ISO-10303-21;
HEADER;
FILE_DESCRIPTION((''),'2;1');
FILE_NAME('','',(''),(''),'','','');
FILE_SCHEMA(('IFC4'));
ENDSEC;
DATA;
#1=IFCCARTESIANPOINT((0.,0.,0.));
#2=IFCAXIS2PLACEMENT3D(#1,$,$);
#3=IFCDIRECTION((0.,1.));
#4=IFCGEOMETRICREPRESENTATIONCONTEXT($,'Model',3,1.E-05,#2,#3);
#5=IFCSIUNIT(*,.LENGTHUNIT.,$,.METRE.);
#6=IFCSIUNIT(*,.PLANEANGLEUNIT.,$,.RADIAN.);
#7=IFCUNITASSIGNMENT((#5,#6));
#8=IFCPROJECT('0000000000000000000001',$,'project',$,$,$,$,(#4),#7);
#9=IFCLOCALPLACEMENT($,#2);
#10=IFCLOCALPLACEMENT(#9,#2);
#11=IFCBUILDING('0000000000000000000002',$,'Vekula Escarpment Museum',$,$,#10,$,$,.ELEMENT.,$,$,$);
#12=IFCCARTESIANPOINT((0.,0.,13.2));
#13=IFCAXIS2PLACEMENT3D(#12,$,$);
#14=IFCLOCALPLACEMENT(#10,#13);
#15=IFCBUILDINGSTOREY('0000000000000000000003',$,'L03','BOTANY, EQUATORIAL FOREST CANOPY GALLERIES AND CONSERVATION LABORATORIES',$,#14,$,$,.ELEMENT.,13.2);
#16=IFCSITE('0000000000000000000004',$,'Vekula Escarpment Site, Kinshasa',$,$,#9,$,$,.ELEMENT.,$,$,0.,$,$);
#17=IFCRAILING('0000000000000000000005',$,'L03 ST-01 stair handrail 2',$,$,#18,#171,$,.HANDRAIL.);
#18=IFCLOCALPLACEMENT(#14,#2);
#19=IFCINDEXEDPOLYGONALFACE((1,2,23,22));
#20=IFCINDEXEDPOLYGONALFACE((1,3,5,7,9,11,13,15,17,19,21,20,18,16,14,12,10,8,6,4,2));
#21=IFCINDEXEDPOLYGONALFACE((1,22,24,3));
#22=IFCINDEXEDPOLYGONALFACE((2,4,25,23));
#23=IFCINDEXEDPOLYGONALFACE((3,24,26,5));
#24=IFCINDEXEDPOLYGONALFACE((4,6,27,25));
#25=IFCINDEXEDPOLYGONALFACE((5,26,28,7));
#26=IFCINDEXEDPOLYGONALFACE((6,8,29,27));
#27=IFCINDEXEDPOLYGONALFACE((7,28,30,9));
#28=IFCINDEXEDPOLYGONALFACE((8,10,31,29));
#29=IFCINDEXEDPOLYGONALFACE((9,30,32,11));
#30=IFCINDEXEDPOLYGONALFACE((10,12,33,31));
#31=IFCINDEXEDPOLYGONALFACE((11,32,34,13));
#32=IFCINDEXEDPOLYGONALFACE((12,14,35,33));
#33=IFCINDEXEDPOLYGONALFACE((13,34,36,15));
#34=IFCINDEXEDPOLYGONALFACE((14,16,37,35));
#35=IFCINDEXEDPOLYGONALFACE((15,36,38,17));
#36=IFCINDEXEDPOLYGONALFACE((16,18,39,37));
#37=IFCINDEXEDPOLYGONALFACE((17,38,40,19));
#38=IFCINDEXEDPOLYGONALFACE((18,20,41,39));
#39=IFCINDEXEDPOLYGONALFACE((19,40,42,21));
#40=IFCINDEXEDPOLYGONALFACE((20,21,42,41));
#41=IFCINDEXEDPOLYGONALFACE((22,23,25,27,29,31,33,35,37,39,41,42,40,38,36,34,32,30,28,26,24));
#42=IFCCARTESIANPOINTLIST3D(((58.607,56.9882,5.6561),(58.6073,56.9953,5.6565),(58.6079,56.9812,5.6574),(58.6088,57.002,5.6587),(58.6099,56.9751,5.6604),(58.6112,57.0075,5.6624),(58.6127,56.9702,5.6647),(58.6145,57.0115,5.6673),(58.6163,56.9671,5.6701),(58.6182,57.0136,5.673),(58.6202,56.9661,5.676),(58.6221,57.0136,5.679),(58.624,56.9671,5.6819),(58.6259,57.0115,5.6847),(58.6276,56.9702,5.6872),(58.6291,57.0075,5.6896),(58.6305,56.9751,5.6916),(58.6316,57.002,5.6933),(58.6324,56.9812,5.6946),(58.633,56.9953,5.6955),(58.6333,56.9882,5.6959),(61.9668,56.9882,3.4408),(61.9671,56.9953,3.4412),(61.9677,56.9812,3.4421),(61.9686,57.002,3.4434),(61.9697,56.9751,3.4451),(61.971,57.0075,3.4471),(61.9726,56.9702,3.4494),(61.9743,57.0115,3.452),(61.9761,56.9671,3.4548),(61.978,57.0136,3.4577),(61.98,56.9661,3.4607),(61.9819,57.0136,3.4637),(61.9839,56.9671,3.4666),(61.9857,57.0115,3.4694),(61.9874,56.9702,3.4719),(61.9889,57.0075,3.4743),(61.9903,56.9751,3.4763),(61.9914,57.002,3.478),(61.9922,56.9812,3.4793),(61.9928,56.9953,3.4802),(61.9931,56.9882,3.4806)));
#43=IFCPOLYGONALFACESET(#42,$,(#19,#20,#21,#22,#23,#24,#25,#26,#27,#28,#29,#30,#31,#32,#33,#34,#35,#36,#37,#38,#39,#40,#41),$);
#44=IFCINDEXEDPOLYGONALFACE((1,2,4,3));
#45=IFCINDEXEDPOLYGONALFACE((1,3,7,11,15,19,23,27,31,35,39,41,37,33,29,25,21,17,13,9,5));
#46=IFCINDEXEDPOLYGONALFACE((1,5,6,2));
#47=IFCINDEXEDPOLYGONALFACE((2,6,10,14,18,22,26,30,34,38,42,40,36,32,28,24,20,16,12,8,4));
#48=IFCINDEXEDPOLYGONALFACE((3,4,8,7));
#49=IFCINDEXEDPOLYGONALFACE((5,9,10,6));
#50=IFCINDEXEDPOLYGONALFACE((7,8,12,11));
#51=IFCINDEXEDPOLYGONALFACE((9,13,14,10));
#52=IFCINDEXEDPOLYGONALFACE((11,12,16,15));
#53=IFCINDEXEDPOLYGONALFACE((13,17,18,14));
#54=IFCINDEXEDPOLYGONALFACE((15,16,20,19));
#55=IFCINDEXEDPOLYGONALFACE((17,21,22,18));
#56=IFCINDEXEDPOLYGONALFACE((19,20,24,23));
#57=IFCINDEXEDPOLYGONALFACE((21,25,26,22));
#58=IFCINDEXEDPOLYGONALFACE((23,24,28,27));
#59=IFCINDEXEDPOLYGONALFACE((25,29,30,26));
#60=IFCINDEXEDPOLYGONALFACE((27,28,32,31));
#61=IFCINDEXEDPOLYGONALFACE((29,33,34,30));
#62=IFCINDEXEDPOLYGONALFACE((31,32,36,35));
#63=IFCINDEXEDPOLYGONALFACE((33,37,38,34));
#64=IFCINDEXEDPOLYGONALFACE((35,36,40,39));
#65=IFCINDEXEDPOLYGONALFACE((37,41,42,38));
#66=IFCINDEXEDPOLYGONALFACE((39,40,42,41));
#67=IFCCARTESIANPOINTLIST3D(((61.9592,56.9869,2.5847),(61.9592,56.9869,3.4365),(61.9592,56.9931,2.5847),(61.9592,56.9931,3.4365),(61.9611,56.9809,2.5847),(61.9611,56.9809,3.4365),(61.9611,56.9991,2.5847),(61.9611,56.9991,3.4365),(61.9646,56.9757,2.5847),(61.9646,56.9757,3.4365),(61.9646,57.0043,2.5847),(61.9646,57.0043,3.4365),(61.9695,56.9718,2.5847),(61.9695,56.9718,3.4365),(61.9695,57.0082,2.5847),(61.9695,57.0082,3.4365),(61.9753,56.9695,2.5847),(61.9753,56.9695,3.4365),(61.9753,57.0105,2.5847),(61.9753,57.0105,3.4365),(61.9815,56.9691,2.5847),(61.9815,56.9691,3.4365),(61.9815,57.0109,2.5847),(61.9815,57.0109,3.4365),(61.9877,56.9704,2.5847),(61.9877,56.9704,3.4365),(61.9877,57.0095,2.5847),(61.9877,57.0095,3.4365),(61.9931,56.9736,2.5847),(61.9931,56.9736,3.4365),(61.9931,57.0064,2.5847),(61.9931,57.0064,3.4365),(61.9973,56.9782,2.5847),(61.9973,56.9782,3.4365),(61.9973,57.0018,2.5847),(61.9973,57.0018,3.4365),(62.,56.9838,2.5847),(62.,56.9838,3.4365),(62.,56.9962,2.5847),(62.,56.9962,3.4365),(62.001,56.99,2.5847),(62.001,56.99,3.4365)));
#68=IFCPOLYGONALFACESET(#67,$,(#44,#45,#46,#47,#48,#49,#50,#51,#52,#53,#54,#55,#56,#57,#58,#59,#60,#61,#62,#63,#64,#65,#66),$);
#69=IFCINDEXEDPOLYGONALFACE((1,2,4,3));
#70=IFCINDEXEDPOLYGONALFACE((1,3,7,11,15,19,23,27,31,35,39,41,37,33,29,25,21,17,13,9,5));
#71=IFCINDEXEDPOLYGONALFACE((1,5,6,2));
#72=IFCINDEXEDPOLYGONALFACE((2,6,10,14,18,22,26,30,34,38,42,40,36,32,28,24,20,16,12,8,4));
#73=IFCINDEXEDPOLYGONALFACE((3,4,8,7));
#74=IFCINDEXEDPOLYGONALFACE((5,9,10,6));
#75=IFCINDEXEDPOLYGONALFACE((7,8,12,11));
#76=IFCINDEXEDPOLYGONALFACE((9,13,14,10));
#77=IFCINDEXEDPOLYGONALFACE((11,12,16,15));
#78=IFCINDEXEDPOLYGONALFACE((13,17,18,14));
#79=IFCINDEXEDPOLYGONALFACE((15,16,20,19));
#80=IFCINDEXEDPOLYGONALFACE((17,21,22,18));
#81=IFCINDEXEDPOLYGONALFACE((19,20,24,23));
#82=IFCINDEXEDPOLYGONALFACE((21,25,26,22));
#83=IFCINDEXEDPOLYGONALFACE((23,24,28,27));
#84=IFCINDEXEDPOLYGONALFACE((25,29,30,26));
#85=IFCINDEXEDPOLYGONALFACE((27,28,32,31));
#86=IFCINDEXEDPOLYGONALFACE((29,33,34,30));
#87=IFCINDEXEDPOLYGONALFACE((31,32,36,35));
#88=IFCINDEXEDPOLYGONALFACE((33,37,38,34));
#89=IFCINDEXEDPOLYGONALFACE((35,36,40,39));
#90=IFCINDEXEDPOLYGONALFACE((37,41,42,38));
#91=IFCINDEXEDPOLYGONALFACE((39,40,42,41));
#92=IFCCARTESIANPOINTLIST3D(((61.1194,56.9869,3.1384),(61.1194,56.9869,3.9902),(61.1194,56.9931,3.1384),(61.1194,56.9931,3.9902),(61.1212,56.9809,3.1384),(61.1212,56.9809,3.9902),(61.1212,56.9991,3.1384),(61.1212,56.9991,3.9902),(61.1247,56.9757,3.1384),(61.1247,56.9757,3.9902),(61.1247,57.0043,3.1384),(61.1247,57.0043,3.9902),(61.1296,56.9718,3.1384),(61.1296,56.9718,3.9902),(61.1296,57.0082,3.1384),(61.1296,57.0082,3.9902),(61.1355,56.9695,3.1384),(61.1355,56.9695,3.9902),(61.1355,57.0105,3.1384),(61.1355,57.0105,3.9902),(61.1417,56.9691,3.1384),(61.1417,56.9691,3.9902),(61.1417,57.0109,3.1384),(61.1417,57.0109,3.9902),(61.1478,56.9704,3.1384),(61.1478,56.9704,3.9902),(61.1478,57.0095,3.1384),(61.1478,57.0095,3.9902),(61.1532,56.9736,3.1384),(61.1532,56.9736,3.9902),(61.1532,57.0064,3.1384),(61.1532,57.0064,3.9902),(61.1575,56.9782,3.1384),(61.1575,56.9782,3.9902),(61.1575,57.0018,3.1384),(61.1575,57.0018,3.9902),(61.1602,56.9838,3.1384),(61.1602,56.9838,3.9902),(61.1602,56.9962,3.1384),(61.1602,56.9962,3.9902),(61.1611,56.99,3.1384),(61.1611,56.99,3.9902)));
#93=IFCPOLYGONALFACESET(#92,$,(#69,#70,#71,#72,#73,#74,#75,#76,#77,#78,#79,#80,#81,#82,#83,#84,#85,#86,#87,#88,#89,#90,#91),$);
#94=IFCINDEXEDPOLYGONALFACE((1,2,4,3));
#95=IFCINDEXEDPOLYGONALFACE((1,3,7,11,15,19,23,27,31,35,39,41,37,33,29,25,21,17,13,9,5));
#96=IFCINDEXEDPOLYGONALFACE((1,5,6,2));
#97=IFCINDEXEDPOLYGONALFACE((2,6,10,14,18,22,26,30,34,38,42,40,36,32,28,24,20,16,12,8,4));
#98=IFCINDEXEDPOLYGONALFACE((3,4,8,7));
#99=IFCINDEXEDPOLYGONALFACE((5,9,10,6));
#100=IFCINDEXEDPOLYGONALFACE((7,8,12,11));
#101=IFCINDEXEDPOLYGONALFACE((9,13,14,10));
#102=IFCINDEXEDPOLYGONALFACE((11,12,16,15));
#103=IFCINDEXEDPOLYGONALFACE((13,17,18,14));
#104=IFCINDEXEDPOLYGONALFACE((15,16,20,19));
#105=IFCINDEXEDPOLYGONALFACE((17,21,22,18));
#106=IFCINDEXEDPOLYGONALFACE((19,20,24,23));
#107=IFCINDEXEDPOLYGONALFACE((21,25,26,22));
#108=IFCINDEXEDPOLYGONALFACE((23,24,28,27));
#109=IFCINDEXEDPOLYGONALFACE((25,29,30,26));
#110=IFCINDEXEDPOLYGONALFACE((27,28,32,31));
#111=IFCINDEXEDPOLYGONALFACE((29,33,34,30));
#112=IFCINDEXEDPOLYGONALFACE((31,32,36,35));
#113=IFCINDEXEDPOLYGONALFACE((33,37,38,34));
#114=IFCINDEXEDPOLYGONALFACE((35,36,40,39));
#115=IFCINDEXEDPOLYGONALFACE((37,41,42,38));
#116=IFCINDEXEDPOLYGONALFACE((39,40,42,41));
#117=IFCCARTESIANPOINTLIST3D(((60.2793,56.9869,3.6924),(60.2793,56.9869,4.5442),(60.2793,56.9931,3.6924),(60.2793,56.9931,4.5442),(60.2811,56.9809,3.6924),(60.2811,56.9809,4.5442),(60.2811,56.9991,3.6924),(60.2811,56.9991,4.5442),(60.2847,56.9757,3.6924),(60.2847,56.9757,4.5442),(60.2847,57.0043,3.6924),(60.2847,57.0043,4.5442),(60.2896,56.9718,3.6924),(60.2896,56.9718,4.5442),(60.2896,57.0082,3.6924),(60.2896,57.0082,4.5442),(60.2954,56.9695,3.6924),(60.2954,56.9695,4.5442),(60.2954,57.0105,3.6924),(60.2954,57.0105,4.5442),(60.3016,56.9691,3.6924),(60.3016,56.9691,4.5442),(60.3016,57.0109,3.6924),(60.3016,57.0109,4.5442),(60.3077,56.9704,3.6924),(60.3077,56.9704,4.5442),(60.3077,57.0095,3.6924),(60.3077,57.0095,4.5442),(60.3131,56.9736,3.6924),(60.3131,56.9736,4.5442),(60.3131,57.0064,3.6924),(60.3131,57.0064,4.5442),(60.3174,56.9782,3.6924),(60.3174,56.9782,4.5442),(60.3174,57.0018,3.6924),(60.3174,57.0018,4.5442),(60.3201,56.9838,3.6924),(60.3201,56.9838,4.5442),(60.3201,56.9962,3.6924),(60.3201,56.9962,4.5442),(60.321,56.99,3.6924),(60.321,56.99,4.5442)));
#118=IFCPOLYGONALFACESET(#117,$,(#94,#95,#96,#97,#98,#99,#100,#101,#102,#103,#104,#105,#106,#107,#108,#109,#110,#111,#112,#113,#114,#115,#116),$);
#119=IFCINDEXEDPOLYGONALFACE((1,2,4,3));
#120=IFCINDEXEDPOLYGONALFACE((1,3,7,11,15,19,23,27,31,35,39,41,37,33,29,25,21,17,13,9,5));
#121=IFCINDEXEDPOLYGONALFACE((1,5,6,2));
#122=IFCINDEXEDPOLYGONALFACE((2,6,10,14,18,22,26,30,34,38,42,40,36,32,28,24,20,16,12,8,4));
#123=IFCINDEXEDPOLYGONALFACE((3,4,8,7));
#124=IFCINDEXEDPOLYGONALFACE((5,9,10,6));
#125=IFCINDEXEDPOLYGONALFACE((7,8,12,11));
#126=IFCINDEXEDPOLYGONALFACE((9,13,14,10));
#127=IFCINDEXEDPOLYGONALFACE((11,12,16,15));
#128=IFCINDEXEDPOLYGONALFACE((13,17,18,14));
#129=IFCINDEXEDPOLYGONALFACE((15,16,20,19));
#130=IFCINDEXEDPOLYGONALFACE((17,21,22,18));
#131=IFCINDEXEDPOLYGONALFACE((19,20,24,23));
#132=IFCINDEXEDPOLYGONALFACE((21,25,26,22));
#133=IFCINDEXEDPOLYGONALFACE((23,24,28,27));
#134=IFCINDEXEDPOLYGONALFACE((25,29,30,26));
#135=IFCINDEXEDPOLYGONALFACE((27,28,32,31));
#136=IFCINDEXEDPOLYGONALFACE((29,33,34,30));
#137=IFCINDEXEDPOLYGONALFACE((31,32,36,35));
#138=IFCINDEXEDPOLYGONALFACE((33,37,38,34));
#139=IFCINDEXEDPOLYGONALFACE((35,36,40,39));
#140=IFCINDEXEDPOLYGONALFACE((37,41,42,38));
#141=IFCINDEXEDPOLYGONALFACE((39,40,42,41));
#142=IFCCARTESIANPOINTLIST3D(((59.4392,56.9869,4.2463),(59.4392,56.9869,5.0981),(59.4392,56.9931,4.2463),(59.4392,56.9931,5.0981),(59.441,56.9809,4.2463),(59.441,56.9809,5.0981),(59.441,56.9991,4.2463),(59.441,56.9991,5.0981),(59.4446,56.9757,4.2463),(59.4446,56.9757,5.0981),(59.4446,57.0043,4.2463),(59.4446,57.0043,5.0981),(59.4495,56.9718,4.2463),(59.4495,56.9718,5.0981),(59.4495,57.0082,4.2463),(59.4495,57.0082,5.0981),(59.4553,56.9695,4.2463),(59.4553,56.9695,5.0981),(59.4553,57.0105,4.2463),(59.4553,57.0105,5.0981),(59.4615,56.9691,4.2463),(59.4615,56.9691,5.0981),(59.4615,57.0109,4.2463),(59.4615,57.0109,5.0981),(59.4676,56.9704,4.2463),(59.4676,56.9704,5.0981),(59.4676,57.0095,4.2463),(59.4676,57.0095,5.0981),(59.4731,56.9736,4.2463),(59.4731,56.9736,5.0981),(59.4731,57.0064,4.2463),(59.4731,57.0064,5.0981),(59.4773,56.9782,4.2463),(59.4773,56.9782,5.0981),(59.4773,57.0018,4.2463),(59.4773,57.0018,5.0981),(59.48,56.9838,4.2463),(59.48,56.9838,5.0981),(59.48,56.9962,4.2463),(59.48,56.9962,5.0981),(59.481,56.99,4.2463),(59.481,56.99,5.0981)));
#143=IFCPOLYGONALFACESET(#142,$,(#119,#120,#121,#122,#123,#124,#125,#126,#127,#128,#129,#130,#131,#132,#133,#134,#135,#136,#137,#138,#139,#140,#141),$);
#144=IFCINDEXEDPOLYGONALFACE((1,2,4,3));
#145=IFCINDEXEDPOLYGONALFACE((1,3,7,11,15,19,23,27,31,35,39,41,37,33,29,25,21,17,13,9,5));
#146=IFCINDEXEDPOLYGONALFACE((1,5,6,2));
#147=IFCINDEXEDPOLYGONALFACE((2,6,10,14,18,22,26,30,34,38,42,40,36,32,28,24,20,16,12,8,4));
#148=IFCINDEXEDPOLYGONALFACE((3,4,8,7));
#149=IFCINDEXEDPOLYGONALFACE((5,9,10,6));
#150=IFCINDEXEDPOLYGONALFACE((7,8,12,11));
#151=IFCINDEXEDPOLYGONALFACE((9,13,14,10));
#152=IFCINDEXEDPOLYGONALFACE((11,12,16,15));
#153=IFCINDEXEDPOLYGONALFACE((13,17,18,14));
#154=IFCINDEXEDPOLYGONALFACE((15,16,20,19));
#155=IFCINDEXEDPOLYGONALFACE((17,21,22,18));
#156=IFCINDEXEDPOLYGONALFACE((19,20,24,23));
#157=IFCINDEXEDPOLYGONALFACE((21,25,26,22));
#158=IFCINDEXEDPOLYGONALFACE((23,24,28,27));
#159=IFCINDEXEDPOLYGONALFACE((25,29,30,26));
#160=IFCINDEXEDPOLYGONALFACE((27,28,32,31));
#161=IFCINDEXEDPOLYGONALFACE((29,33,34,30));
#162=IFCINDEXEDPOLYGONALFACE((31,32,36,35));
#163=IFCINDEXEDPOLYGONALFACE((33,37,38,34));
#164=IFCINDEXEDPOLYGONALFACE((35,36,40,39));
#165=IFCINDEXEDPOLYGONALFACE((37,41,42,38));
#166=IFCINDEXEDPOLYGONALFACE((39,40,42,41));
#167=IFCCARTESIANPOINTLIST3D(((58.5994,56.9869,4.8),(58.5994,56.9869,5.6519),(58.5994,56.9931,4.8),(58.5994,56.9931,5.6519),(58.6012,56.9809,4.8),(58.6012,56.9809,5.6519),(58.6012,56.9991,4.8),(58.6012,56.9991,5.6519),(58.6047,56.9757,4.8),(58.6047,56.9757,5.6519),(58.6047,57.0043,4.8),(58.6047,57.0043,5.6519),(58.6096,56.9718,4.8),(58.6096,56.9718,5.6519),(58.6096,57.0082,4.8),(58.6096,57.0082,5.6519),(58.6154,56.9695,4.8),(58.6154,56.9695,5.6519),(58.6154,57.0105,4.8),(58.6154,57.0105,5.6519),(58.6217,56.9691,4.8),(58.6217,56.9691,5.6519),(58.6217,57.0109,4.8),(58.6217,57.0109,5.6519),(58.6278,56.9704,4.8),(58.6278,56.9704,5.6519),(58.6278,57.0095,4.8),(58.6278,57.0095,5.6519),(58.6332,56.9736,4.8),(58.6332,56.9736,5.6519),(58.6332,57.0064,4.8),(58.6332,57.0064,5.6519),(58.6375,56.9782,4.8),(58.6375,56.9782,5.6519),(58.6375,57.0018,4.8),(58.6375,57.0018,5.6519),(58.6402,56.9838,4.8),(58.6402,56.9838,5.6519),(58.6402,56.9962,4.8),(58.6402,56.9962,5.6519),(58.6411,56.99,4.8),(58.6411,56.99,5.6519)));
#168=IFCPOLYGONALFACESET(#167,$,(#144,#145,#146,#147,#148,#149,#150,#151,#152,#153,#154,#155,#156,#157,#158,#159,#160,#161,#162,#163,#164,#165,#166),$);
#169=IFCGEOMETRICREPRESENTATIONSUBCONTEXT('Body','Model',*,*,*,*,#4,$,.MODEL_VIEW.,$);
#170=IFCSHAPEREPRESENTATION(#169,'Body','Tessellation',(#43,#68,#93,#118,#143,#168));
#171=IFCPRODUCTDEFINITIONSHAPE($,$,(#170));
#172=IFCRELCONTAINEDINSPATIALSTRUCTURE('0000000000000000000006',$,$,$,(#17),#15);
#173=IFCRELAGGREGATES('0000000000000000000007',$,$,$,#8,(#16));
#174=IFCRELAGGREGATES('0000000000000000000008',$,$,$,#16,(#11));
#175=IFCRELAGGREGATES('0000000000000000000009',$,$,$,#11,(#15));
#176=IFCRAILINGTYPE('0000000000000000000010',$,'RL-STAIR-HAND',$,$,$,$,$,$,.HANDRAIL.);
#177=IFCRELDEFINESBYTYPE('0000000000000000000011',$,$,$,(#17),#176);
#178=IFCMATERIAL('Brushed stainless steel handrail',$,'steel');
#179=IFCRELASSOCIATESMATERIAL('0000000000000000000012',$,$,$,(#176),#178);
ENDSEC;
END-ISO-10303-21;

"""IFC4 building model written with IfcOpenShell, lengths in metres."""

from ifc_helpers import new_model, si_unit, direction, frame, origin, origin_2d, place, context, subcontext, project, spatial, circle, extrude, material, type_object, element, save


model = new_model("IFC4")

# Units and contexts
model_context = context("Model", 3, precision=1e-05, world=origin(), true_north=direction((0.0, 1.0)))
body_context = subcontext(model_context, "Body", "Model", "MODEL_VIEW")
ifc_project = project(units=[si_unit("LENGTHUNIT", "METRE"), si_unit("PLANEANGLEUNIT", "RADIAN")], contexts=[model_context])

# Site, building, storey
site_placement = place(None, origin())
site = spatial("IfcSite", under=ifc_project, at=site_placement, Name="Vekula Escarpment Site, Kinshasa", CompositionType="ELEMENT", RefElevation=0.0)
building_placement = place(site_placement, origin())
building = spatial("IfcBuilding", under=site, at=building_placement, Name="Vekula Escarpment Museum", CompositionType="ELEMENT")
storey_placement = place(building_placement, frame((0.0, 0.0, 13.2)))
storey = spatial("IfcBuildingStorey", under=building, at=storey_placement, Name="L03", Description="BOTANY, EQUATORIAL FOREST CANOPY GALLERIES AND CONSERVATION LABORATORIES", CompositionType="ELEMENT", Elevation=13.2)

# Railing
ifc_material_1 = material(Name="Brushed stainless steel handrail", Category="steel")
railing_type_1 = type_object("IfcRailingType", Name="RL-STAIR-HAND", PredefinedType="HANDRAIL", material=ifc_material_1)
railing_1_placement = place(storey_placement, frame((61.98, 56.99, 2.5847)))
element("IfcRailing", 1, at=railing_1_placement, inside=storey, type_object=railing_type_1, Name="L03 ST-01 stair handrail 2", PredefinedType="HANDRAIL", context=body_context, shape_type="SweptSolid", body=[
    extrude(circle(Radius=0.0239, at=origin_2d()), frame((0.0, 0.0, 0.876), z_axis=(-0.834858, 0.0, 0.550465), x_axis=(0.0, -1.0, 0.0)), (0.0, 0.0, 1.0), 4.0244),
    extrude(circle(Radius=0.021, at=origin_2d()), origin(), (0.0, 0.0, 1.0), 0.8518),
    extrude(circle(Radius=0.021, at=origin_2d()), frame((-0.8398, 0.0, 0.5537)), (0.0, 0.0, 1.0), 0.8518),
    extrude(circle(Radius=0.021, at=origin_2d()), frame((-1.6799, 0.0, 1.1077)), (0.0, 0.0, 1.0), 0.8518),
    extrude(circle(Radius=0.021, at=origin_2d()), frame((-2.52, 0.0, 1.6616)), (0.0, 0.0, 1.0), 0.8518),
    extrude(circle(Radius=0.021, at=origin_2d()), frame((-3.3599, 0.0, 2.2153)), (0.0, 0.0, 1.0), 0.8518),
])

save(model, "model.ifc")
